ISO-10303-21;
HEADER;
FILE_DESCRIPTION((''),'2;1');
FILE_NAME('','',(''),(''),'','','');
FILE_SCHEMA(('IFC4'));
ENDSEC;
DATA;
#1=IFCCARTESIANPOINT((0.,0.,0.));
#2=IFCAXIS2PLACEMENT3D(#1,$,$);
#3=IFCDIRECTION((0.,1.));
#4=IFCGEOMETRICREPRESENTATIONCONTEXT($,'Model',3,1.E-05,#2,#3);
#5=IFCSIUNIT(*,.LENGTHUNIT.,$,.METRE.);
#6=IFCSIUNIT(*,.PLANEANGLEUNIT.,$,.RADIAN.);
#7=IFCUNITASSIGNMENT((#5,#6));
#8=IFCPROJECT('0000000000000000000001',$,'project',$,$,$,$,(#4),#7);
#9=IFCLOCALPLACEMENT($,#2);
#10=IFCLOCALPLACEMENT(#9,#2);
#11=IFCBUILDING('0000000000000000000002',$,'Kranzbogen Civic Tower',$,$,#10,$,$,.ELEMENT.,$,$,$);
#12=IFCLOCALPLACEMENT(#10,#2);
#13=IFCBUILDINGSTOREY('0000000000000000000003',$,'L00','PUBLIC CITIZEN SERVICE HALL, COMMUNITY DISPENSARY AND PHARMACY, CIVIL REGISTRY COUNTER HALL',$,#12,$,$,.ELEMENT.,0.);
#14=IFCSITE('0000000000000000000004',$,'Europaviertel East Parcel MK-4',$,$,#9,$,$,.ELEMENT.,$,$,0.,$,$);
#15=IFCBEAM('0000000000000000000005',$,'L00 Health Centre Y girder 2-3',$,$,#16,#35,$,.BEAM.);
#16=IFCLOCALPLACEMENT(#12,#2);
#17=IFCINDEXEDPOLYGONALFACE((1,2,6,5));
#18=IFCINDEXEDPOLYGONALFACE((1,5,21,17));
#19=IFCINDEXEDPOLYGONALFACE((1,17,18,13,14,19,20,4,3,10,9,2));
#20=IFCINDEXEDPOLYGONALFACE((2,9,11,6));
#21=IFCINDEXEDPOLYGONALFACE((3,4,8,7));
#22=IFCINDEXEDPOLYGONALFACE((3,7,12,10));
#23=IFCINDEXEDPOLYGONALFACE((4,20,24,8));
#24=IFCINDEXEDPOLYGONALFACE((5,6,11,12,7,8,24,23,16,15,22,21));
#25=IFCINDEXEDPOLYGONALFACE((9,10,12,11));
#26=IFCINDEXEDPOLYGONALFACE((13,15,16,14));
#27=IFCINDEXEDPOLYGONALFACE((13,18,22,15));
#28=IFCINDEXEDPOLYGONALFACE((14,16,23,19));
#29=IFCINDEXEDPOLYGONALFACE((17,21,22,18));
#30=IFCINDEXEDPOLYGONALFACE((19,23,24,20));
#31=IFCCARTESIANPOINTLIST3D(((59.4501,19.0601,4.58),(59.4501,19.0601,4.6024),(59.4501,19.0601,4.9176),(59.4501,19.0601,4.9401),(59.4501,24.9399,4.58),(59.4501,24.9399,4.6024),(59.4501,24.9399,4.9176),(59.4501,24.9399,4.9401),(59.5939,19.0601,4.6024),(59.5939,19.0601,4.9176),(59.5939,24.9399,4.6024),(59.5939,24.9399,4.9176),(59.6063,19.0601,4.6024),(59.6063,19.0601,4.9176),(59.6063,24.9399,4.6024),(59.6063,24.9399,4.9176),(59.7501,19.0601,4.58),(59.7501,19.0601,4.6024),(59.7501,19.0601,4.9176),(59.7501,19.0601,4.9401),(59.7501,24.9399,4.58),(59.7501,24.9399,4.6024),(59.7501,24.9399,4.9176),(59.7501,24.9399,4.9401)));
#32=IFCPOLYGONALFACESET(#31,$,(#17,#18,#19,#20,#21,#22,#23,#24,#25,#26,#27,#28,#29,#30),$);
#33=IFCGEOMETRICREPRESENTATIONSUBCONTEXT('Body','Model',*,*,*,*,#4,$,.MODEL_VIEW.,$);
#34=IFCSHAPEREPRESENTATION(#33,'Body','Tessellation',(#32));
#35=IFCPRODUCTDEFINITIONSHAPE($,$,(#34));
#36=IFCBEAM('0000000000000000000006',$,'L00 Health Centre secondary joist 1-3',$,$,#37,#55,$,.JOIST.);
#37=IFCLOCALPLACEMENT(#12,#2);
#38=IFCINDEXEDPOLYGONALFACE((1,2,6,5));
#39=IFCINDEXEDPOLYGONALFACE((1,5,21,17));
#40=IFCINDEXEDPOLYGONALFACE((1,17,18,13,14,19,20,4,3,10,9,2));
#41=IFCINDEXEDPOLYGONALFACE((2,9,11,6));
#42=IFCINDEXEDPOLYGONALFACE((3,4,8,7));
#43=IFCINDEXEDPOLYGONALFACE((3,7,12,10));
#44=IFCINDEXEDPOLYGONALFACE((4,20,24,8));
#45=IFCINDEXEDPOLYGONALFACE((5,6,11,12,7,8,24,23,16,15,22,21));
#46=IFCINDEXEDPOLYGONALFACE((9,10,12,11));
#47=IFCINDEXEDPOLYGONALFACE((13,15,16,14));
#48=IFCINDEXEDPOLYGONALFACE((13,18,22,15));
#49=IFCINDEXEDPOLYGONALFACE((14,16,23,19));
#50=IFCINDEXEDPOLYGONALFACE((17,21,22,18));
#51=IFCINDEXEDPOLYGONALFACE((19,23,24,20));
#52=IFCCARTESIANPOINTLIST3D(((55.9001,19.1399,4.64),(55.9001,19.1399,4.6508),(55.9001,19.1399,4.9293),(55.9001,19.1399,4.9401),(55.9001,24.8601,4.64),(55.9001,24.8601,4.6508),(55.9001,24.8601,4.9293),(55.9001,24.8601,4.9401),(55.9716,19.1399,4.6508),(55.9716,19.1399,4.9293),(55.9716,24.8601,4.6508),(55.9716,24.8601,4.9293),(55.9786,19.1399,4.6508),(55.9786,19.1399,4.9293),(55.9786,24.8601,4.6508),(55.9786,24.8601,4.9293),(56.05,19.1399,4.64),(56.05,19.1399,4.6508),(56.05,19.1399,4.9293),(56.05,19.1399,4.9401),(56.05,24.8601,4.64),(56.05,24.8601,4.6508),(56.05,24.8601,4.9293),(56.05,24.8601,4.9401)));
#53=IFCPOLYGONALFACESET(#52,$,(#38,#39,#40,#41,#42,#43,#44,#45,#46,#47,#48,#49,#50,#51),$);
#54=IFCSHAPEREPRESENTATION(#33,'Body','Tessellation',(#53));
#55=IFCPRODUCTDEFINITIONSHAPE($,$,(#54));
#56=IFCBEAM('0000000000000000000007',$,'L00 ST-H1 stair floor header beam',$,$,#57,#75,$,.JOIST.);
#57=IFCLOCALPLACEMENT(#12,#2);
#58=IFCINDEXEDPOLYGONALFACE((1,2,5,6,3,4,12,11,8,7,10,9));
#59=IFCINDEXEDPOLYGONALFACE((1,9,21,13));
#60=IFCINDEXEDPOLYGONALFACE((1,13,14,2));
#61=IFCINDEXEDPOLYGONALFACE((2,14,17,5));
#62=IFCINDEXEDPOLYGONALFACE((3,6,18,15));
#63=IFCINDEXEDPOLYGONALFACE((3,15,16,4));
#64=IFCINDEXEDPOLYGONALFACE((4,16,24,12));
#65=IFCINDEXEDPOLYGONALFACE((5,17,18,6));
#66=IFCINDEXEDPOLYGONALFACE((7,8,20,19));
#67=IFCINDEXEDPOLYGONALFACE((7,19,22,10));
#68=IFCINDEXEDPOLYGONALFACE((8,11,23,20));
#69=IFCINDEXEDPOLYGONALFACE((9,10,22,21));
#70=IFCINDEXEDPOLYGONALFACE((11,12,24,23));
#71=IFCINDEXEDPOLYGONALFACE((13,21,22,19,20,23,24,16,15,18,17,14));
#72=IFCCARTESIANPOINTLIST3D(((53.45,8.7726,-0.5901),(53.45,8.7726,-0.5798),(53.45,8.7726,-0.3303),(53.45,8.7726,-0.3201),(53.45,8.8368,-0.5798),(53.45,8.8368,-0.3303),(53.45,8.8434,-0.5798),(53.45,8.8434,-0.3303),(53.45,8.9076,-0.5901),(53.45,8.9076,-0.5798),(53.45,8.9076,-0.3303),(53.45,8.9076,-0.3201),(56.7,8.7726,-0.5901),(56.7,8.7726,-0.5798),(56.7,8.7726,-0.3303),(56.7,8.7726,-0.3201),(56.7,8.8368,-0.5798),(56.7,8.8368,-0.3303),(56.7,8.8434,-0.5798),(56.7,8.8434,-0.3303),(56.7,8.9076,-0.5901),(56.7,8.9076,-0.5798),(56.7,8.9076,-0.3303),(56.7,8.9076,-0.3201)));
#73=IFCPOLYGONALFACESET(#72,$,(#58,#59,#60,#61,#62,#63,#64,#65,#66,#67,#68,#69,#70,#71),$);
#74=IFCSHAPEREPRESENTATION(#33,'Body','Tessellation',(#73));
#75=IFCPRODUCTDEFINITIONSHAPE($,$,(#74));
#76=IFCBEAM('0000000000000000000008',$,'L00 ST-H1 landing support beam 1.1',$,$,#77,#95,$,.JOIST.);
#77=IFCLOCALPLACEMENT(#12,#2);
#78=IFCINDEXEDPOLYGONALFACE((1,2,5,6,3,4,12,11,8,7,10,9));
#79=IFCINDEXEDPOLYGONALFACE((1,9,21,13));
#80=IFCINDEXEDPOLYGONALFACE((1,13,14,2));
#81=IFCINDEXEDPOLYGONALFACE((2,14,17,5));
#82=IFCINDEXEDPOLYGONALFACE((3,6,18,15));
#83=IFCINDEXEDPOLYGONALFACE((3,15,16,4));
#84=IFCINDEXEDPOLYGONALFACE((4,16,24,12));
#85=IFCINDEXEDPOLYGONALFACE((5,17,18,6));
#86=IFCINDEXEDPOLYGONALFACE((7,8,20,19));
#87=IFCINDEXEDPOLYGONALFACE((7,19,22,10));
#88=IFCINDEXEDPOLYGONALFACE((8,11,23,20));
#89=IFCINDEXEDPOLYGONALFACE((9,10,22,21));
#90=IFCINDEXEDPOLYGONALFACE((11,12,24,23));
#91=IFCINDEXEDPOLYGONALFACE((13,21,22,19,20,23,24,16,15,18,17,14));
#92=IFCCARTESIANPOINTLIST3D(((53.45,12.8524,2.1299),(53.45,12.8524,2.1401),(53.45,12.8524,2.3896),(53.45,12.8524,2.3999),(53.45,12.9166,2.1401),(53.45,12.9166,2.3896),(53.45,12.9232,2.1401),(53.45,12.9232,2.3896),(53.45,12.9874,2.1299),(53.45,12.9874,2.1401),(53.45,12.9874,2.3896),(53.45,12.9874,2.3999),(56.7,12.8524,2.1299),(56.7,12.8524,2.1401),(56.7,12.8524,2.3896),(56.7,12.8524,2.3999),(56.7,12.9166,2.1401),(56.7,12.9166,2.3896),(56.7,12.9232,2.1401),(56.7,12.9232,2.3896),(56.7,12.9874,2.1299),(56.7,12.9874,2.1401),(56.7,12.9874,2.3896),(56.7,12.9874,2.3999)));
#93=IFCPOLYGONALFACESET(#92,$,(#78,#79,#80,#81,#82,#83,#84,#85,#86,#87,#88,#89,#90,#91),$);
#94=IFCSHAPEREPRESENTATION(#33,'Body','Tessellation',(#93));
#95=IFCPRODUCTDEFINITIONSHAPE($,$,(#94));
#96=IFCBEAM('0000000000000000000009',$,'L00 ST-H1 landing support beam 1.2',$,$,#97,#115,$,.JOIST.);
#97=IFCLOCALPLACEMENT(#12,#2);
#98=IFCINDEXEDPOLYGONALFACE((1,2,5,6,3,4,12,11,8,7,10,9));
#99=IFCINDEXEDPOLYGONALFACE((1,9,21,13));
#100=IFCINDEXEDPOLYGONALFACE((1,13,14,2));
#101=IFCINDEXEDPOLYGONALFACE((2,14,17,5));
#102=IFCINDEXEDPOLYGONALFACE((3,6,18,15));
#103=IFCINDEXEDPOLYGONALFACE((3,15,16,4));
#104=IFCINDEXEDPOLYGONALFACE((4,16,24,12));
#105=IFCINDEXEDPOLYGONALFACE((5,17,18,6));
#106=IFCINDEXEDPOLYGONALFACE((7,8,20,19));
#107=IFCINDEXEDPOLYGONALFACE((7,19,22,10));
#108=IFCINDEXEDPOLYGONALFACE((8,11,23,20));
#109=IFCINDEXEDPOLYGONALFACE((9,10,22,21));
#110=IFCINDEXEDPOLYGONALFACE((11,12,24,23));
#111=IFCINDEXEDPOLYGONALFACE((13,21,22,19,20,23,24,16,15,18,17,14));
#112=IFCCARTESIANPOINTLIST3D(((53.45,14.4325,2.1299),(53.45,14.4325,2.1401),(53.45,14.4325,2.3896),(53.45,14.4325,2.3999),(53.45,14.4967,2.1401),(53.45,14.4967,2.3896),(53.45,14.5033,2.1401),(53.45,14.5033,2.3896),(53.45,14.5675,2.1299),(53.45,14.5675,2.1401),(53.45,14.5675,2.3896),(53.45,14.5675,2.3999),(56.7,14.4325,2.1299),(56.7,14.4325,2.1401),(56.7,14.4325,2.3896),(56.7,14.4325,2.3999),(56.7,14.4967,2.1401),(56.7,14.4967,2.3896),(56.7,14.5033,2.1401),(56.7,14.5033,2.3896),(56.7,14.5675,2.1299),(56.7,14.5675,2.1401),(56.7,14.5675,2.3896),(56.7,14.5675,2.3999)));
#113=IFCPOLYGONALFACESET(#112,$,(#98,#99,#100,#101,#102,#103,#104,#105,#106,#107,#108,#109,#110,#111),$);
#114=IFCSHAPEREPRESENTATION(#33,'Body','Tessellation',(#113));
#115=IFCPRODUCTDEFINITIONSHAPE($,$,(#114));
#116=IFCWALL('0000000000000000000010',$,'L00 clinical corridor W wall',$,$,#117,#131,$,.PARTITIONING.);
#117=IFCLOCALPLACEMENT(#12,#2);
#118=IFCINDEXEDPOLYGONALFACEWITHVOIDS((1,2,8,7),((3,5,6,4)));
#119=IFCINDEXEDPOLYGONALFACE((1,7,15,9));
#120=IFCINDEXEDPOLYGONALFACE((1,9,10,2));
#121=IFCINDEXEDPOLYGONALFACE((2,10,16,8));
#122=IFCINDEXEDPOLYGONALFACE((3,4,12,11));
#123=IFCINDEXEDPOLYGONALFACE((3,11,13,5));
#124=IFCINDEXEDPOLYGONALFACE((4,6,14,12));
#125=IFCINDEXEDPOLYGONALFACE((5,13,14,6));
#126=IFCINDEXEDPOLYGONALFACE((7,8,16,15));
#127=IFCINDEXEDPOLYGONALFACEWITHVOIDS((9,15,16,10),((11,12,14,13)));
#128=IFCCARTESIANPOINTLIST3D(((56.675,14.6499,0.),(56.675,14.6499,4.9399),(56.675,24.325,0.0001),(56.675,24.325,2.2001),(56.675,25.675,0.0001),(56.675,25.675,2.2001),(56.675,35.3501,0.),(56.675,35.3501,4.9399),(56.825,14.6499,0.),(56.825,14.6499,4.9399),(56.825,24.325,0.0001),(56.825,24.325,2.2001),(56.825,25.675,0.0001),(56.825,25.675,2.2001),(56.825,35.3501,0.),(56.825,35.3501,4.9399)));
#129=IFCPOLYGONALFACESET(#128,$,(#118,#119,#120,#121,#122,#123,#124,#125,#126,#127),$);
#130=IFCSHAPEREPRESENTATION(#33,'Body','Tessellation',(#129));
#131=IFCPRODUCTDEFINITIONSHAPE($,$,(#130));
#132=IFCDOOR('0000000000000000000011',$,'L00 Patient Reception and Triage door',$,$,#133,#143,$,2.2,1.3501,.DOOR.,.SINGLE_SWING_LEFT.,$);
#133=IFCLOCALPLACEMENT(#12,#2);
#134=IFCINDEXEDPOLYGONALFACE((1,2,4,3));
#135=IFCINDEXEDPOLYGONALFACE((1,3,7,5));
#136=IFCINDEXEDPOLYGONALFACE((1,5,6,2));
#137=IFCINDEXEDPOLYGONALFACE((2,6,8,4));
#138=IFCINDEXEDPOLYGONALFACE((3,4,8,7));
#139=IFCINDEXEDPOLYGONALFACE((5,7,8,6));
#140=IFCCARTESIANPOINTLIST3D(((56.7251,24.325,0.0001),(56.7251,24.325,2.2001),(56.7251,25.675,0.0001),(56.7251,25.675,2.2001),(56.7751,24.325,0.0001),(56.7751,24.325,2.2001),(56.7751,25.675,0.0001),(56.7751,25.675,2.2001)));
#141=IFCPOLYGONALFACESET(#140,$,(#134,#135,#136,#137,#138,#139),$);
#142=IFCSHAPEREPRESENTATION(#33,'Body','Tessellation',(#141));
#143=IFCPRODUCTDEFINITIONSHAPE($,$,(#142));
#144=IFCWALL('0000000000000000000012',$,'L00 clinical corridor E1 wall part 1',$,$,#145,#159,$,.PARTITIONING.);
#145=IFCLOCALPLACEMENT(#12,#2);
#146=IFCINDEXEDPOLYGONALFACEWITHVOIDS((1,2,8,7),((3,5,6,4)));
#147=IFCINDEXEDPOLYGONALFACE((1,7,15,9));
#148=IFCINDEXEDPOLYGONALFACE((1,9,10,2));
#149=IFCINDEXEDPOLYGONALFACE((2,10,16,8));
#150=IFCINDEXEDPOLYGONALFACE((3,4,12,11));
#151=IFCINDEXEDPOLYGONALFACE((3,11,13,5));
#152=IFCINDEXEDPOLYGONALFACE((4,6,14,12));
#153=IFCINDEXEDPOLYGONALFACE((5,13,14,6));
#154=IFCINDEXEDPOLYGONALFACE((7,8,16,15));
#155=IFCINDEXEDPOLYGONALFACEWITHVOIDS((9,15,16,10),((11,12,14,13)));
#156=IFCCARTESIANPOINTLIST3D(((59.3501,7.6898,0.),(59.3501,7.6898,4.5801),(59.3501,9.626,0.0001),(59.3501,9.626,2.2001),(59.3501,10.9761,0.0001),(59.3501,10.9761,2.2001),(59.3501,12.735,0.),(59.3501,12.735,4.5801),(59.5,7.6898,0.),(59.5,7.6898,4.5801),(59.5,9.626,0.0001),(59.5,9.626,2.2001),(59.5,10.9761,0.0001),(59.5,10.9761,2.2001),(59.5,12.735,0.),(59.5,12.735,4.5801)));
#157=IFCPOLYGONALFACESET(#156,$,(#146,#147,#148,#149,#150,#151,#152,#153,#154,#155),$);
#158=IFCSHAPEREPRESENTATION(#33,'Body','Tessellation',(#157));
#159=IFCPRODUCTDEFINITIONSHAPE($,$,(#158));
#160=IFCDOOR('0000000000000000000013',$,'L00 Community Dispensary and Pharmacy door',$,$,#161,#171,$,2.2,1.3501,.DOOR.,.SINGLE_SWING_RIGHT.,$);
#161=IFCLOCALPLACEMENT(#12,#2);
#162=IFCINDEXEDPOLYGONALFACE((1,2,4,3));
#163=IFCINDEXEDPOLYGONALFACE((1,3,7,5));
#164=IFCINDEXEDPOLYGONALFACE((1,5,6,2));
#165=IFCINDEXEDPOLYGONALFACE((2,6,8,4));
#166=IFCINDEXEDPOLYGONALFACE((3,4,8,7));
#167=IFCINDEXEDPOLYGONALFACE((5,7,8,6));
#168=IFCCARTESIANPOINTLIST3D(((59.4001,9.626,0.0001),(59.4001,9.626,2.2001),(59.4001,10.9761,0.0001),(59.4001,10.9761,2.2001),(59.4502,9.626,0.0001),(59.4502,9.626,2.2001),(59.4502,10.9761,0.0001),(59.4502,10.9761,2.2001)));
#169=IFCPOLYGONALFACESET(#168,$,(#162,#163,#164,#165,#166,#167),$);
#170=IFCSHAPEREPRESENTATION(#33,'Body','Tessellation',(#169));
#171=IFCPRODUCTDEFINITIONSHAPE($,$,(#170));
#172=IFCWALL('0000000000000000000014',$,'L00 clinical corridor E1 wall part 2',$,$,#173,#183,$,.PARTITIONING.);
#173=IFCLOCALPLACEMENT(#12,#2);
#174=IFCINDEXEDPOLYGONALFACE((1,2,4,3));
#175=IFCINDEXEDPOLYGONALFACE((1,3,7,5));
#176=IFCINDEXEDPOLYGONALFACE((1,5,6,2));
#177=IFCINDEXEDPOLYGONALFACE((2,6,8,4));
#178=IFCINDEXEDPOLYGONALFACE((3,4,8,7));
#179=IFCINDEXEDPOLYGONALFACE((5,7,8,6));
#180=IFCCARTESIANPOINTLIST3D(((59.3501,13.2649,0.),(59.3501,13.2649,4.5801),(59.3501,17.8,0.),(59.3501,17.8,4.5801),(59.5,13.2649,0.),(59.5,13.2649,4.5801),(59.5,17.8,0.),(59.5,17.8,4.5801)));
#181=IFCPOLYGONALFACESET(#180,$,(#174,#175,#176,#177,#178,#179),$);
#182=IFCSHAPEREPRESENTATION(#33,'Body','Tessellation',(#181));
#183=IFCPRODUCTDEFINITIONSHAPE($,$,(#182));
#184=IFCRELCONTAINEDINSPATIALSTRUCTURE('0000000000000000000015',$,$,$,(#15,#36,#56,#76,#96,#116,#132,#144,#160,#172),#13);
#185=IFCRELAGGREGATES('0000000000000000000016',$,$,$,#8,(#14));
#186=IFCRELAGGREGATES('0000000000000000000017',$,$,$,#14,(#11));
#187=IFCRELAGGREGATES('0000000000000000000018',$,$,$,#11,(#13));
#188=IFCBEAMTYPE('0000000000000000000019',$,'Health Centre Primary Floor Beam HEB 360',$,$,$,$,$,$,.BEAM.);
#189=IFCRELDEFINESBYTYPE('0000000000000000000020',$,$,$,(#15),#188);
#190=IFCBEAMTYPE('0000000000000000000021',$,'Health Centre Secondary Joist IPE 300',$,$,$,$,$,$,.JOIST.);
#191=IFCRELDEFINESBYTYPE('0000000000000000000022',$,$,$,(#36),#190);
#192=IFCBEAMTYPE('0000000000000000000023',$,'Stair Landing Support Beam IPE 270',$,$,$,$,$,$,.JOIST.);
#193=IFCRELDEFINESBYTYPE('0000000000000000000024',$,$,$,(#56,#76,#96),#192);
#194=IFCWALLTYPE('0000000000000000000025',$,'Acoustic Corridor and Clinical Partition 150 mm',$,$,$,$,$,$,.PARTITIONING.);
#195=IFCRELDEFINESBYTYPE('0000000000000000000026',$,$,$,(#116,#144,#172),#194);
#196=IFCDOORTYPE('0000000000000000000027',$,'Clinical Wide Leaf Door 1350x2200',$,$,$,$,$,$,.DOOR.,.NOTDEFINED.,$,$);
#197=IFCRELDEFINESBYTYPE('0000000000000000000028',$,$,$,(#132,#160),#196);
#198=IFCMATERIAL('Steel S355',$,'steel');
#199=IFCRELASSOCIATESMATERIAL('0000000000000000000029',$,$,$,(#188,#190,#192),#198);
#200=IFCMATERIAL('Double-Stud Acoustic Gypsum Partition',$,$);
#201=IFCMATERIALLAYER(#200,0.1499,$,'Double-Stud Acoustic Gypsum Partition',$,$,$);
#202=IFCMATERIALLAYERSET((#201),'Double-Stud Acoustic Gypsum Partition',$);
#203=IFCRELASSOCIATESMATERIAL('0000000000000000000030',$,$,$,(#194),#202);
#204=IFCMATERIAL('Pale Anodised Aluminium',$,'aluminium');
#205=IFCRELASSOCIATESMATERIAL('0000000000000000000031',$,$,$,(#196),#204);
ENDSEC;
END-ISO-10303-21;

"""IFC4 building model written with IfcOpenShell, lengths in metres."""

from ifc_helpers import new_model, si_unit, direction, frame, frame_2d, origin, origin_2d, place, context, subcontext, project, spatial, rectangle, i_section, extrude, material, layer, layer_set, material_profile, profile_set, type_object, element, fill, save


model = new_model("IFC4")

# Units and contexts
model_context = context("Model", 3, precision=1e-05, world=origin(), true_north=direction((0.0, 1.0)))
body_context = subcontext(model_context, "Body", "Model", "MODEL_VIEW")
ifc_project = project(units=[si_unit("LENGTHUNIT", "METRE"), si_unit("PLANEANGLEUNIT", "RADIAN")], contexts=[model_context])

# Site, building, storey
site_placement = place(None, origin())
site = spatial("IfcSite", under=ifc_project, at=site_placement, Name="Europaviertel East Parcel MK-4", CompositionType="ELEMENT", RefElevation=0.0)
building_placement = place(site_placement, origin())
building = spatial("IfcBuilding", under=site, at=building_placement, Name="Kranzbogen Civic Tower", CompositionType="ELEMENT")
storey_placement = place(building_placement, origin())
storey = spatial("IfcBuildingStorey", under=building, at=storey_placement, Name="L00", Description="PUBLIC CITIZEN SERVICE HALL, COMMUNITY DISPENSARY AND PHARMACY, CIVIL REGISTRY COUNTER HALL", CompositionType="ELEMENT", Elevation=0.0)

# Shared definitions
ifc_material_1 = material(Name="Steel S355", Category="steel")

# Beams
ifc_material_profile_1 = material_profile(ifc_material_1, i_section(OverallWidth=0.3, OverallDepth=0.3601, WebThickness=0.0125, FlangeThickness=0.0225, at=origin_2d()), Name="HEB 360")
ifc_profile_set_1 = profile_set([ifc_material_profile_1], Name="Steel S355")
beam_type_1 = type_object("IfcBeamType", Name="Health Centre Primary Floor Beam HEB 360", PredefinedType="BEAM", material=ifc_profile_set_1)
for number, where, z_axis, x_axis, name in (
    (1, (59.6001, 19.0601, 4.76), (0.0, 1.0, 0.0), (-1.0, 0.0, 0.0), "L00 Health Centre Y girder 2-3"),
):
    element("IfcBeam", number, at=place(storey_placement, frame(where, z_axis=z_axis, x_axis=x_axis)), inside=storey, type_object=beam_type_1, Name=name, PredefinedType="BEAM", context=body_context, shape_type="SweptSolid", body=[
        extrude(i_section(OverallWidth=0.3, OverallDepth=0.3601, WebThickness=0.0125, FlangeThickness=0.0225, at=origin_2d()), origin(), (0.0, 0.0, 1.0), 5.8799),
    ])
ifc_material_profile_2 = material_profile(ifc_material_1, i_section(OverallWidth=0.1499, OverallDepth=0.3, WebThickness=0.0071, FlangeThickness=0.0107, at=origin_2d()), Name="IPE 300")
ifc_profile_set_2 = profile_set([ifc_material_profile_2], Name="Steel S355")
beam_type_2 = type_object("IfcBeamType", Name="Health Centre Secondary Joist IPE 300", PredefinedType="JOIST", material=ifc_profile_set_2)
beam_1_placement = place(storey_placement, frame((55.9751, 19.1399, 4.79), z_axis=(0.0, 1.0, 0.0), x_axis=(-1.0, 0.0, 0.0)))
element("IfcBeam", 2, at=beam_1_placement, inside=storey, type_object=beam_type_2, Name="L00 Health Centre secondary joist 1-3", PredefinedType="JOIST", context=body_context, shape_type="SweptSolid", body=[
    extrude(i_section(OverallWidth=0.1499, OverallDepth=0.3, WebThickness=0.0071, FlangeThickness=0.0107, at=origin_2d()), origin(), (0.0, 0.0, 1.0), 5.7202),
])
ifc_material_profile_3 = material_profile(ifc_material_1, i_section(OverallWidth=0.135, OverallDepth=0.27, WebThickness=0.0066, FlangeThickness=0.0103, at=origin_2d()), Name="IPE 270")
ifc_profile_set_3 = profile_set([ifc_material_profile_3], Name="Steel S355")
beam_type_3 = type_object("IfcBeamType", Name="Stair Landing Support Beam IPE 270", PredefinedType="JOIST", material=ifc_profile_set_3)
for number, where, z_axis, x_axis, name in (
    (3, (56.7, 8.8401, -0.4551), (-1.0, 0.0, 0.0), (0.0, -1.0, 0.0), "L00 ST-H1 stair floor header beam"),
    (4, (56.7, 12.9199, 2.2649), (-1.0, 0.0, 0.0), (0.0, -1.0, 0.0), "L00 ST-H1 landing support beam 1.1"),
    (5, (56.7, 14.5, 2.2649), (-1.0, 0.0, 0.0), (0.0, -1.0, 0.0), "L00 ST-H1 landing support beam 1.2"),
):
    element("IfcBeam", number, at=place(storey_placement, frame(where, z_axis=z_axis, x_axis=x_axis)), inside=storey, type_object=beam_type_3, Name=name, PredefinedType="JOIST", context=body_context, shape_type="SweptSolid", body=[
        extrude(i_section(OverallWidth=0.135, OverallDepth=0.27, WebThickness=0.0066, FlangeThickness=0.0103, at=origin_2d()), origin(), (0.0, 0.0, 1.0), 3.25),
    ])

# Walls, openings, doors
ifc_material_2 = material(Name="Double-Stud Acoustic Gypsum Partition")
ifc_layer_1 = layer(ifc_material_2, 0.1499, Name="Double-Stud Acoustic Gypsum Partition")
ifc_layer_set_1 = layer_set([ifc_layer_1], Name="Double-Stud Acoustic Gypsum Partition")
wall_type_1 = type_object("IfcWallType", Name="Acoustic Corridor and Clinical Partition 150 mm", PredefinedType="PARTITIONING", material=ifc_layer_set_1)
wall_1_placement = place(storey_placement, frame((56.75, 14.6499, 0.0), z_axis=(0.0, 0.0, 1.0), x_axis=(0.0, 1.0, 0.0)))
wall_1 = element("IfcWall", 6, at=wall_1_placement, inside=storey, type_object=wall_type_1, Name="L00 clinical corridor W wall", PredefinedType="PARTITIONING", context=body_context, shape_type="SweptSolid", body=[
    extrude(rectangle(XDim=20.7002, YDim=0.1499, at=frame_2d((10.3501, 0.0))), origin(), (0.0, 0.0, 1.0), 4.9399),
])
opening_1_placement = place(wall_1_placement, frame((9.675, 0.0, 0.0)))
opening_1 = element("IfcOpeningElement", 7, at=opening_1_placement, cuts=wall_1, PredefinedType="OPENING", context=body_context, shape_type="SweptSolid", body=[
    extrude(rectangle(XDim=1.3501, YDim=2.2, at=frame_2d((0.675, 1.1001))), frame((0.0, 0.085, 0.0), z_axis=(0.0, -1.0, 0.0), x_axis=(1.0, 0.0, 0.0)), (0.0, 0.0, 1.0), 0.1699),
])
ifc_material_3 = material(Name="Pale Anodised Aluminium", Category="aluminium")
door_type_1 = type_object("IfcDoorType", Name="Clinical Wide Leaf Door 1350x2200", OperationType="NOTDEFINED", PredefinedType="DOOR", material=ifc_material_3)
door_1_placement = place(opening_1_placement, origin())
door_1 = element("IfcDoor", 8, at=door_1_placement, inside=storey, type_object=door_type_1, Name="L00 Patient Reception and Triage door", OperationType="SINGLE_SWING_LEFT", OverallHeight=2.2, OverallWidth=1.3501, PredefinedType="DOOR", context=body_context, shape_type="SweptSolid", body=[
    extrude(rectangle(XDim=1.3501, YDim=2.2, at=frame_2d((0.675, 1.1001))), frame((0.0, 0.0249, 0.0), z_axis=(0.0, -1.0, 0.0), x_axis=(1.0, 0.0, 0.0)), (0.0, 0.0, 1.0), 0.05),
])
fill(opening_1, door_1)
wall_2_placement = place(storey_placement, frame((59.425, 7.6899, 0.0), z_axis=(0.0, 0.0, 1.0), x_axis=(0.0, 1.0, 0.0)))
wall_2 = element("IfcWall", 9, at=wall_2_placement, inside=storey, type_object=wall_type_1, Name="L00 clinical corridor E1 wall part 1", PredefinedType="PARTITIONING", context=body_context, shape_type="SweptSolid", body=[
    extrude(rectangle(XDim=5.0452, YDim=0.1499, at=frame_2d((2.5225, 0.0))), origin(), (0.0, 0.0, 1.0), 4.5801),
])
opening_2_placement = place(wall_2_placement, frame((1.936, 0.0, 0.0)))
opening_2 = element("IfcOpeningElement", 10, at=opening_2_placement, cuts=wall_2, PredefinedType="OPENING", context=body_context, shape_type="SweptSolid", body=[
    extrude(rectangle(XDim=1.3501, YDim=2.2, at=frame_2d((0.675, 1.1001))), frame((0.0, 0.085, 0.0), z_axis=(0.0, -1.0, 0.0), x_axis=(1.0, 0.0, 0.0)), (0.0, 0.0, 1.0), 0.1699),
])
door_2_placement = place(opening_2_placement, origin())
door_2 = element("IfcDoor", 11, at=door_2_placement, inside=storey, type_object=door_type_1, Name="L00 Community Dispensary and Pharmacy door", OperationType="SINGLE_SWING_RIGHT", OverallHeight=2.2, OverallWidth=1.3501, PredefinedType="DOOR", context=body_context, shape_type="SweptSolid", body=[
    extrude(rectangle(XDim=1.3501, YDim=2.2, at=frame_2d((0.675, 1.1001))), frame((0.0, 0.0249, 0.0), z_axis=(0.0, -1.0, 0.0), x_axis=(1.0, 0.0, 0.0)), (0.0, 0.0, 1.0), 0.05),
])
fill(opening_2, door_2)

# Wall
wall_3_placement = place(storey_placement, frame((59.425, 13.2649, 0.0), z_axis=(0.0, 0.0, 1.0), x_axis=(0.0, 1.0, 0.0)))
element("IfcWall", 12, at=wall_3_placement, inside=storey, type_object=wall_type_1, Name="L00 clinical corridor E1 wall part 2", PredefinedType="PARTITIONING", context=body_context, shape_type="SweptSolid", body=[
    extrude(rectangle(XDim=4.5352, YDim=0.1499, at=frame_2d((2.2676, 0.0))), origin(), (0.0, 0.0, 1.0), 4.5801),
])

save(model, "model.ifc")
